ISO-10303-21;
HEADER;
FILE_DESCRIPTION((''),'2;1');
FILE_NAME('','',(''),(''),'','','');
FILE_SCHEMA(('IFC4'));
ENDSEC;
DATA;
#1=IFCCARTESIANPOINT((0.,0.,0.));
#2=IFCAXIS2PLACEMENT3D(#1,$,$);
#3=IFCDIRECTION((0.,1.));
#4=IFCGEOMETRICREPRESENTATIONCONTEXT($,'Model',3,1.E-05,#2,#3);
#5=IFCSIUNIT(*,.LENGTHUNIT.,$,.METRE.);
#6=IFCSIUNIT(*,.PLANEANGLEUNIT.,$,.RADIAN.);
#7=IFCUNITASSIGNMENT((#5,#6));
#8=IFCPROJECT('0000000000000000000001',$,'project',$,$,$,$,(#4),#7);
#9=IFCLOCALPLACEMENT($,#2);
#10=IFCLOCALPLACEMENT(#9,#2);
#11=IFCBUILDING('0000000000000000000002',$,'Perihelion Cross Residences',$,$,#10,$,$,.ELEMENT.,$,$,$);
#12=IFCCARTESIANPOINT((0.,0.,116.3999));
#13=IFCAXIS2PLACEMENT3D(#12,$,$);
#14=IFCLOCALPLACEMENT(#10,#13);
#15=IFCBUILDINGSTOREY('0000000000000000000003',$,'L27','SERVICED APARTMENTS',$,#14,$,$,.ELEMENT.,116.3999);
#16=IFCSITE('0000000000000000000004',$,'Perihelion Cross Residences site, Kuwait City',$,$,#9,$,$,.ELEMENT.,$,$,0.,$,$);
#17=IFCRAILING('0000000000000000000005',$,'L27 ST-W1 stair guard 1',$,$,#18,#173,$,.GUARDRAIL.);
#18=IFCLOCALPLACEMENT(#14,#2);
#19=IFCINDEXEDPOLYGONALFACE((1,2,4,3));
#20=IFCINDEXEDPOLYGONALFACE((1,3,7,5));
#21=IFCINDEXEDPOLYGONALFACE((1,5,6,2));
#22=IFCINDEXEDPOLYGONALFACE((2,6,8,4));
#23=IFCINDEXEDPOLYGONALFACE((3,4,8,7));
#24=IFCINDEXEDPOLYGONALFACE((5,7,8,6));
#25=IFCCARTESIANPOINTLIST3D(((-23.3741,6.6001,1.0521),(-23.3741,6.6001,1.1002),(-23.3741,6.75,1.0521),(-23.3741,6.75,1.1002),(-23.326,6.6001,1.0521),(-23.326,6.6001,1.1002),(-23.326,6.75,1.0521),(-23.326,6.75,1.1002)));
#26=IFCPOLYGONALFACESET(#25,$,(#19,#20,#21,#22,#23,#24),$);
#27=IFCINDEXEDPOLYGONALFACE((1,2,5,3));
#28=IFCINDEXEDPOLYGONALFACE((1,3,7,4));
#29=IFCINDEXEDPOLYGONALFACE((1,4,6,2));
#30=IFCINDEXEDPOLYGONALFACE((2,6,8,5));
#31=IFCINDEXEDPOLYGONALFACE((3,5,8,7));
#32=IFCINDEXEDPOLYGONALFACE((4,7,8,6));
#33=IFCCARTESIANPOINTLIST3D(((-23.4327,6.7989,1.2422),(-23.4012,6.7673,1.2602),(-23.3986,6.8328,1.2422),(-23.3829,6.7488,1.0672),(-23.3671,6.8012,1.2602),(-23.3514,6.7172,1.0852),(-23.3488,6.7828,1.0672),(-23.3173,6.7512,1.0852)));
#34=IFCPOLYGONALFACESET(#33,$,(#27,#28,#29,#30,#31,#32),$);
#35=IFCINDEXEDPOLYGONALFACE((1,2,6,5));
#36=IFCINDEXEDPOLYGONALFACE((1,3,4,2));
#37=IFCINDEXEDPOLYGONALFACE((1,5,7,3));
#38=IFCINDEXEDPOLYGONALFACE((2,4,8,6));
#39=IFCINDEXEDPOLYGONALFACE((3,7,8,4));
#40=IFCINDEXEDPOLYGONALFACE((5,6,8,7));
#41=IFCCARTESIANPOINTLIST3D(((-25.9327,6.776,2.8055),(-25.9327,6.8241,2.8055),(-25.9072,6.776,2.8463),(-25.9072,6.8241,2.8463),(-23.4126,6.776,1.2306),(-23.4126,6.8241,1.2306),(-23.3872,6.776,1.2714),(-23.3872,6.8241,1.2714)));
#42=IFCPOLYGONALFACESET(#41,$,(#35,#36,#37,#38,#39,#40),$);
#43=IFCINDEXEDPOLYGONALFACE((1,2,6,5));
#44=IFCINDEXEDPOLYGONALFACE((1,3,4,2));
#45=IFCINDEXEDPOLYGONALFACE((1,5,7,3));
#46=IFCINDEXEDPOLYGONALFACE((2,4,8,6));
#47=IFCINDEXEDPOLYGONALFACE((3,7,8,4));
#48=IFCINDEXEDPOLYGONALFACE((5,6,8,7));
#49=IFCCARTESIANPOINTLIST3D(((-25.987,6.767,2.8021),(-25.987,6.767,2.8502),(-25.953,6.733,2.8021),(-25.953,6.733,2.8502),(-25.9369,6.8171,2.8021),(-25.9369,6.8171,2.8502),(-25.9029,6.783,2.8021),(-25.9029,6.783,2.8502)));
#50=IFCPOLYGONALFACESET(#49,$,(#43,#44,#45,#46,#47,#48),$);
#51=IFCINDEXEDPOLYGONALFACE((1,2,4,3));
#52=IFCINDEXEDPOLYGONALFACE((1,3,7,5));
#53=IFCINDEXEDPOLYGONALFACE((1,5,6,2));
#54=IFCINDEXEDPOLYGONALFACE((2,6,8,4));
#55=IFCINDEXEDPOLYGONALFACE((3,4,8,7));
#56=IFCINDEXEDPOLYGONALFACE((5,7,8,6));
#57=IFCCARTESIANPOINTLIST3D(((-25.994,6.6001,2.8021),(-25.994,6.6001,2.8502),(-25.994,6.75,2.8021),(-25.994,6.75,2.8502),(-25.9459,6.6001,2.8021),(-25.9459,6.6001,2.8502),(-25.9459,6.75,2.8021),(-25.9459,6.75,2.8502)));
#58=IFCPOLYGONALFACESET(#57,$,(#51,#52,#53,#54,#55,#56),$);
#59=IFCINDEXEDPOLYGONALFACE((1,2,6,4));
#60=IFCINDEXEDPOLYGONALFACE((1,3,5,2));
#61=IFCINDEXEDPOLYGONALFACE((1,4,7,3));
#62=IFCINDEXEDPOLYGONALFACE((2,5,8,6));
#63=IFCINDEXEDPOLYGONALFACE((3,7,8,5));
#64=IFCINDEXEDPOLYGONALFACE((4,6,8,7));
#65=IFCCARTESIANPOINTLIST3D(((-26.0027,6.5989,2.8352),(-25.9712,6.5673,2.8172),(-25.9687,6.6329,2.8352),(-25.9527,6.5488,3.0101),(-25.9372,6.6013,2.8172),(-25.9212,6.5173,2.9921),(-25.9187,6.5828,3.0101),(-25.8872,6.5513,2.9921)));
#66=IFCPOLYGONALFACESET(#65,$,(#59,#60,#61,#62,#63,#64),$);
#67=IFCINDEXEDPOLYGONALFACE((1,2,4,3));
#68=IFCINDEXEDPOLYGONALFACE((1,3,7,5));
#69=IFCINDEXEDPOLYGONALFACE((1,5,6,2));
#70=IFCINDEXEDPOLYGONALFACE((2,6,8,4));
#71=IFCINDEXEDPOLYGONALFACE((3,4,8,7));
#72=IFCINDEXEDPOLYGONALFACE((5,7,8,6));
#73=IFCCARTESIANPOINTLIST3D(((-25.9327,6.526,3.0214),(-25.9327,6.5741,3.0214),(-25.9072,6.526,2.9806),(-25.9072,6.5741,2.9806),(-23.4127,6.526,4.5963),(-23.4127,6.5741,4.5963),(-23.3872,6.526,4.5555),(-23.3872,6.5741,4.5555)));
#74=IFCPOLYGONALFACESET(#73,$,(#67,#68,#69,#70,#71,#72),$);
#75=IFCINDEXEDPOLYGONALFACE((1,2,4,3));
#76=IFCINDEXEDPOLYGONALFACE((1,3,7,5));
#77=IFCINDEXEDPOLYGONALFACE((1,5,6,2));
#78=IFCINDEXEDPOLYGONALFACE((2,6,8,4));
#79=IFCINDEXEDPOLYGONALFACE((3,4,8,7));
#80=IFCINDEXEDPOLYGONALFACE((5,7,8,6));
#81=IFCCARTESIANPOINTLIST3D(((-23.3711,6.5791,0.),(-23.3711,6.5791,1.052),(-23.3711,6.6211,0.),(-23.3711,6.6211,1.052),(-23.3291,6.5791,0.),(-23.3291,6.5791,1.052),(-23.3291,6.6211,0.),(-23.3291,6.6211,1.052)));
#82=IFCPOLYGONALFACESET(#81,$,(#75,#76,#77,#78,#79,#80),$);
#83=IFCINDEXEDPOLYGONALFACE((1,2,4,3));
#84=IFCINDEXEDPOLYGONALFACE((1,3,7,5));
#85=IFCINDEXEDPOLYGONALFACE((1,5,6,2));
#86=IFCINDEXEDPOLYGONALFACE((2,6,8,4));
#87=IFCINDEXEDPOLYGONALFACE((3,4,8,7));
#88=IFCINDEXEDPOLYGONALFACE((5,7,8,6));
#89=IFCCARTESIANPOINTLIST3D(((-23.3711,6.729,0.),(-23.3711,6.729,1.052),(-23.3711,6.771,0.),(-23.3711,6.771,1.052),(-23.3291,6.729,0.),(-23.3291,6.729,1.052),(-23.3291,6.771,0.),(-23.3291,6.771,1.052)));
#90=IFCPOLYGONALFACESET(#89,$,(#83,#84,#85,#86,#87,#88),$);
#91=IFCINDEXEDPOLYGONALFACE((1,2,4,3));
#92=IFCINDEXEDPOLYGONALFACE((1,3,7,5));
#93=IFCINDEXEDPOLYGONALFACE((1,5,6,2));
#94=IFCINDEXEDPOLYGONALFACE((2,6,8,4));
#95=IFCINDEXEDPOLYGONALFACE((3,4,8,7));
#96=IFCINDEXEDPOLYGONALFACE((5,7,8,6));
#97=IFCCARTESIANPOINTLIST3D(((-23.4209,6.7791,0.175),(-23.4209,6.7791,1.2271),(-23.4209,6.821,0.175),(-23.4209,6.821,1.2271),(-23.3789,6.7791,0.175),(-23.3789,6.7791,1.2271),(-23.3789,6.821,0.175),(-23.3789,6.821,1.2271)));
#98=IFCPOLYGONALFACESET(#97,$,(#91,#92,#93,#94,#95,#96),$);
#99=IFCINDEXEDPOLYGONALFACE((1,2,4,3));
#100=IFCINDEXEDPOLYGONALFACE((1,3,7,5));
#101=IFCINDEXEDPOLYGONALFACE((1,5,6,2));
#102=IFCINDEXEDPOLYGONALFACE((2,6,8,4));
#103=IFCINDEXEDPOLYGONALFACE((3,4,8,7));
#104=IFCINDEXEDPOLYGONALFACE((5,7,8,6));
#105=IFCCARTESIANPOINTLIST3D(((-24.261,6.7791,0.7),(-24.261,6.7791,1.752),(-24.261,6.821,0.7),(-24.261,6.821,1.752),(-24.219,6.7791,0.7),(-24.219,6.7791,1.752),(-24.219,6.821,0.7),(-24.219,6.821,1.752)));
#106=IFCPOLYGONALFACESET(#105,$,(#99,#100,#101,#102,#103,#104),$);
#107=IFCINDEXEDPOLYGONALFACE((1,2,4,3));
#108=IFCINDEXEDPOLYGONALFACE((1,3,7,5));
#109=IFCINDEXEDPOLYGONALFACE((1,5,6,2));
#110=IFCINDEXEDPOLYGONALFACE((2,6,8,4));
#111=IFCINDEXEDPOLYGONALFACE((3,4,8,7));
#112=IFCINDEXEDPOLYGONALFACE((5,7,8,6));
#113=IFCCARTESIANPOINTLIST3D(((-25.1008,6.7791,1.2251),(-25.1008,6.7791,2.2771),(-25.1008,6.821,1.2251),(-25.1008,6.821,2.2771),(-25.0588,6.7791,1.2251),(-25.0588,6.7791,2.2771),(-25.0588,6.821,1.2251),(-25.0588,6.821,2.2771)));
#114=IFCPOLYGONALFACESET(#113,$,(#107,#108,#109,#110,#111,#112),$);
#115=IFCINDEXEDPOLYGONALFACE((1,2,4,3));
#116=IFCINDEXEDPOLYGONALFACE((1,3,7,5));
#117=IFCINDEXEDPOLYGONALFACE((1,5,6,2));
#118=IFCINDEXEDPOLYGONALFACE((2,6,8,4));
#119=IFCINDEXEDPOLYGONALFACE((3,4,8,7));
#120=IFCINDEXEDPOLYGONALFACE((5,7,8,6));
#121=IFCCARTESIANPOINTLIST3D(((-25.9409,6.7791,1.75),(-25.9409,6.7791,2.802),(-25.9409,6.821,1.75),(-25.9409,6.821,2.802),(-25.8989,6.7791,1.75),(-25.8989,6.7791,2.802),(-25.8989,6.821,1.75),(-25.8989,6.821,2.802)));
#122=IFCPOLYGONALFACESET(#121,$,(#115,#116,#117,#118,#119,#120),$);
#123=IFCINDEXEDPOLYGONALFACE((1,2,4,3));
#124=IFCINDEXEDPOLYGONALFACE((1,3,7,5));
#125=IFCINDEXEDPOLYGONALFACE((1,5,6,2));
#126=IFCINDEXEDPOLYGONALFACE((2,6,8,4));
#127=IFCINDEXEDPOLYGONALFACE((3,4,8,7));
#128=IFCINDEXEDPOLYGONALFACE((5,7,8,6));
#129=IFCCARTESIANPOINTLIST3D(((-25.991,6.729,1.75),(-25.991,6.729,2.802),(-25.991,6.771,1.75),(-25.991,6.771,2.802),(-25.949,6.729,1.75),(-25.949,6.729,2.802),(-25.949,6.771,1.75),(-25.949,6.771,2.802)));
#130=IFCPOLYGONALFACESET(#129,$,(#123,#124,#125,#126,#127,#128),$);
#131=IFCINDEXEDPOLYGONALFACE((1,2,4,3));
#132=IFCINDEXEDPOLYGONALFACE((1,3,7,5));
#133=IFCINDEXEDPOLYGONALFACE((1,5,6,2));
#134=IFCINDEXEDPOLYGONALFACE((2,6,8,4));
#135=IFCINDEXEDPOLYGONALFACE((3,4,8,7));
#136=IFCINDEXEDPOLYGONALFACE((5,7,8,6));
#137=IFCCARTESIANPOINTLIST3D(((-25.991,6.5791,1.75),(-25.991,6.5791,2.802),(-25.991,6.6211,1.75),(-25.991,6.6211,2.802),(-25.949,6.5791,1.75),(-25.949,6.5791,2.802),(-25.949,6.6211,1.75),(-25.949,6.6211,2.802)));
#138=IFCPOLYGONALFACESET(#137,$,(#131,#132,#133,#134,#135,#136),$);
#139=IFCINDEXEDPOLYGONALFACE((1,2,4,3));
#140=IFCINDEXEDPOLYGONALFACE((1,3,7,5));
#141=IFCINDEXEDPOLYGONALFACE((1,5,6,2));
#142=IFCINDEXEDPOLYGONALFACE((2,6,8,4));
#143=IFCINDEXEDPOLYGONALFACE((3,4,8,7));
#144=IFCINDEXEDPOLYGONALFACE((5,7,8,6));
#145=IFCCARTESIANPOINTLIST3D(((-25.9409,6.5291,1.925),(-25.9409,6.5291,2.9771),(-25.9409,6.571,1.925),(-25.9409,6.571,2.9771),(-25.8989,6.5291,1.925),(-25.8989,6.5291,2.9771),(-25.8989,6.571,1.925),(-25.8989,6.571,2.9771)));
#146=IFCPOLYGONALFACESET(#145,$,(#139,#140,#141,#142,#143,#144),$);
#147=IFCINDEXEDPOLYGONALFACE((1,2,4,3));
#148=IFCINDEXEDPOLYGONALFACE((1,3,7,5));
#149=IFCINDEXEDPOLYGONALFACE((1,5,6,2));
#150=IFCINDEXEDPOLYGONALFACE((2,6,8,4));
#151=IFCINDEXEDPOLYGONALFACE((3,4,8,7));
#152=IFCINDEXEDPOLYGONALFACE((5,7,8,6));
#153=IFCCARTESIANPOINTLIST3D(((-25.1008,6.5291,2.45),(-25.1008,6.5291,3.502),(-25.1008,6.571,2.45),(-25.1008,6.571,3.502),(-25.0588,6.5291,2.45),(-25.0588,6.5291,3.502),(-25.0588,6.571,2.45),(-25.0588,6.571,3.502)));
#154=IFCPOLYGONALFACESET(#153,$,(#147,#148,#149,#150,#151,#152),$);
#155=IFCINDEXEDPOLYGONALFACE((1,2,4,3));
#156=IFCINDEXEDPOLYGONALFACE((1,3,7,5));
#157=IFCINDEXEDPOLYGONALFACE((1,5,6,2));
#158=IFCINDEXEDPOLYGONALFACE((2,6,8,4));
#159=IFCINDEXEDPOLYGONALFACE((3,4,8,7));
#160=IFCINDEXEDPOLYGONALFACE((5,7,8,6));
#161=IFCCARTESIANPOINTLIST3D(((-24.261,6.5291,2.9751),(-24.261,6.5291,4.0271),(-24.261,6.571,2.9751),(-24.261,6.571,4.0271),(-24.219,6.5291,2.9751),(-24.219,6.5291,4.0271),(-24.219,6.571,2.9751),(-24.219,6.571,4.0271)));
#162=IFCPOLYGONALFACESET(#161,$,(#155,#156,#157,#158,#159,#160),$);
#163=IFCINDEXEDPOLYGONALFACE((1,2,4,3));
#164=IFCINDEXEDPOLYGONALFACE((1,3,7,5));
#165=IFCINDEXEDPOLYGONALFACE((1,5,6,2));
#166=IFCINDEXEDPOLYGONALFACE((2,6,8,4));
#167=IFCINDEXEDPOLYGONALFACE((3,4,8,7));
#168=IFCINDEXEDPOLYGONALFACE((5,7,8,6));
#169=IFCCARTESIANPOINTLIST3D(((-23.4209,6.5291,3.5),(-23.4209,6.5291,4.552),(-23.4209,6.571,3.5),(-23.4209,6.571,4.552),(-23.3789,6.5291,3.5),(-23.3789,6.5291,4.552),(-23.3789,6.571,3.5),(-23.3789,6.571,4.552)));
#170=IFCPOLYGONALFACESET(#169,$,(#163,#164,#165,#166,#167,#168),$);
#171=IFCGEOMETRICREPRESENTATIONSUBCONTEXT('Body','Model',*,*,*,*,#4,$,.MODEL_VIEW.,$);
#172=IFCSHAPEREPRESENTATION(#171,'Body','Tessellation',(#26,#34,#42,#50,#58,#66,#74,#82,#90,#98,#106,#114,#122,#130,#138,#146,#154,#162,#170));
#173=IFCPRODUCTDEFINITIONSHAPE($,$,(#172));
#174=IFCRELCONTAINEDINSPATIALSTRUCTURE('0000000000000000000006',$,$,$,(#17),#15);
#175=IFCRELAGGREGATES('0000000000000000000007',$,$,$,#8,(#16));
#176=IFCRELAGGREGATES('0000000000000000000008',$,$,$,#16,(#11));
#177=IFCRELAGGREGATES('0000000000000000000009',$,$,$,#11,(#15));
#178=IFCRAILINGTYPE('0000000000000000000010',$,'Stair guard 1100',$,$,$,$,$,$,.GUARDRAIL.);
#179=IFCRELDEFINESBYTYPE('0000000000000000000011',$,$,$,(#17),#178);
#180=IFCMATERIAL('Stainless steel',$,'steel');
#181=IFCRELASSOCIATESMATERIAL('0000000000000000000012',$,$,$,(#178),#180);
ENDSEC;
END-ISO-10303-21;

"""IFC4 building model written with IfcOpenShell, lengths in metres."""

from ifc_helpers import new_model, si_unit, direction, frame, origin, origin_2d, place, context, subcontext, project, spatial, rectangle, extrude, material, type_object, element, save


model = new_model("IFC4")

# Units and contexts
model_context = context("Model", 3, precision=1e-05, world=origin(), true_north=direction((0.0, 1.0)))
body_context = subcontext(model_context, "Body", "Model", "MODEL_VIEW")
ifc_project = project(units=[si_unit("LENGTHUNIT", "METRE"), si_unit("PLANEANGLEUNIT", "RADIAN")], contexts=[model_context])

# Site, building, storey
site_placement = place(None, origin())
site = spatial("IfcSite", under=ifc_project, at=site_placement, Name="Perihelion Cross Residences site, Kuwait City", CompositionType="ELEMENT", RefElevation=0.0)
building_placement = place(site_placement, origin())
building = spatial("IfcBuilding", under=site, at=building_placement, Name="Perihelion Cross Residences", CompositionType="ELEMENT")
storey_placement = place(building_placement, frame((0.0, 0.0, 116.3999)))
storey = spatial("IfcBuildingStorey", under=building, at=storey_placement, Name="L27", Description="SERVICED APARTMENTS", CompositionType="ELEMENT", Elevation=116.3999)

# Railing
ifc_material_1 = material(Name="Stainless steel", Category="steel")
railing_type_1 = type_object("IfcRailingType", Name="Stair guard 1100", PredefinedType="GUARDRAIL", material=ifc_material_1)
railing_1_placement = place(storey_placement, frame((-23.3501, 6.6001, 0.0)))
element("IfcRailing", 1, at=railing_1_placement, inside=storey, type_object=railing_type_1, Name="L27 ST-W1 stair guard 1", PredefinedType="GUARDRAIL", context=body_context, shape_type="SweptSolid", body=[
    extrude(rectangle(XDim=0.0481, YDim=0.0481, at=origin_2d()), frame((0.0, 0.0, 1.0762), z_axis=(0.0, 1.0, 0.0), x_axis=(-1.0, 0.0, 0.0)), (0.0, 0.0, 1.0), 0.1499),
    extrude(rectangle(XDim=0.0481, YDim=0.0481, at=origin_2d()), frame((0.0, 0.1499, 1.0762), z_axis=(-0.263862, 0.265156, 0.927399), x_axis=(-0.708834, -0.705376, 0.0)), (0.0, 0.0, 1.0), 0.1887),
    extrude(rectangle(XDim=0.0481, YDim=0.0481, at=origin_2d()), frame((-0.0498, 0.2, 1.251), z_axis=(-0.848008, 0.0, 0.529984), x_axis=(0.0, -1.0, 0.0)), (0.0, 0.0, 1.0), 2.9717),
    extrude(rectangle(XDim=0.0481, YDim=0.0481, at=origin_2d()), frame((-2.5698, 0.2, 2.8262), z_axis=(-0.707107, -0.707107, 0.0), x_axis=(0.707107, -0.707107, 0.0)), (0.0, 0.0, 1.0), 0.0708),
    extrude(rectangle(XDim=0.0481, YDim=0.0481, at=origin_2d()), frame((-2.6199, 0.1499, 2.8262), z_axis=(0.0, -1.0, 0.0), x_axis=(1.0, 0.0, 0.0)), (0.0, 0.0, 1.0), 0.1499),
    extrude(rectangle(XDim=0.0481, YDim=0.0481, at=origin_2d()), frame((-2.6199, 0.0, 2.8262), z_axis=(0.265065, -0.265065, 0.927082), x_axis=(0.707107, 0.707107, 0.0)), (0.0, 0.0, 1.0), 0.1887),
    extrude(rectangle(XDim=0.0481, YDim=0.0481, at=origin_2d()), frame((-2.5698, -0.05, 3.001), z_axis=(0.848008, 0.0, 0.529984), x_axis=(0.0, 1.0, 0.0)), (0.0, 0.0, 1.0), 2.9717),
    extrude(rectangle(XDim=0.042, YDim=0.042, at=origin_2d()), origin(), (0.0, 0.0, 1.0), 1.052),
    extrude(rectangle(XDim=0.042, YDim=0.042, at=origin_2d()), frame((0.0, 0.1499, 0.0)), (0.0, 0.0, 1.0), 1.052),
    extrude(rectangle(XDim=0.042, YDim=0.042, at=origin_2d()), frame((-0.0498, 0.2, 0.175)), (0.0, 0.0, 1.0), 1.052),
    extrude(rectangle(XDim=0.042, YDim=0.042, at=origin_2d()), frame((-0.8899, 0.2, 0.7)), (0.0, 0.0, 1.0), 1.052),
    extrude(rectangle(XDim=0.042, YDim=0.042, at=origin_2d()), frame((-1.7297, 0.2, 1.2251)), (0.0, 0.0, 1.0), 1.052),
    extrude(rectangle(XDim=0.042, YDim=0.042, at=origin_2d()), frame((-2.5698, 0.2, 1.75)), (0.0, 0.0, 1.0), 1.052),
    extrude(rectangle(XDim=0.042, YDim=0.042, at=origin_2d()), frame((-2.6199, 0.1499, 1.75)), (0.0, 0.0, 1.0), 1.052),
    extrude(rectangle(XDim=0.042, YDim=0.042, at=origin_2d()), frame((-2.6199, 0.0, 1.75)), (0.0, 0.0, 1.0), 1.052),
    extrude(rectangle(XDim=0.042, YDim=0.042, at=origin_2d()), frame((-2.5698, -0.05, 1.925)), (0.0, 0.0, 1.0), 1.052),
    extrude(rectangle(XDim=0.042, YDim=0.042, at=origin_2d()), frame((-1.7297, -0.05, 2.45)), (0.0, 0.0, 1.0), 1.052),
    extrude(rectangle(XDim=0.042, YDim=0.042, at=origin_2d()), frame((-0.8899, -0.05, 2.9751)), (0.0, 0.0, 1.0), 1.052),
    extrude(rectangle(XDim=0.042, YDim=0.042, at=origin_2d()), frame((-0.0498, -0.05, 3.5)), (0.0, 0.0, 1.0), 1.052),
])

save(model, "model.ifc")
